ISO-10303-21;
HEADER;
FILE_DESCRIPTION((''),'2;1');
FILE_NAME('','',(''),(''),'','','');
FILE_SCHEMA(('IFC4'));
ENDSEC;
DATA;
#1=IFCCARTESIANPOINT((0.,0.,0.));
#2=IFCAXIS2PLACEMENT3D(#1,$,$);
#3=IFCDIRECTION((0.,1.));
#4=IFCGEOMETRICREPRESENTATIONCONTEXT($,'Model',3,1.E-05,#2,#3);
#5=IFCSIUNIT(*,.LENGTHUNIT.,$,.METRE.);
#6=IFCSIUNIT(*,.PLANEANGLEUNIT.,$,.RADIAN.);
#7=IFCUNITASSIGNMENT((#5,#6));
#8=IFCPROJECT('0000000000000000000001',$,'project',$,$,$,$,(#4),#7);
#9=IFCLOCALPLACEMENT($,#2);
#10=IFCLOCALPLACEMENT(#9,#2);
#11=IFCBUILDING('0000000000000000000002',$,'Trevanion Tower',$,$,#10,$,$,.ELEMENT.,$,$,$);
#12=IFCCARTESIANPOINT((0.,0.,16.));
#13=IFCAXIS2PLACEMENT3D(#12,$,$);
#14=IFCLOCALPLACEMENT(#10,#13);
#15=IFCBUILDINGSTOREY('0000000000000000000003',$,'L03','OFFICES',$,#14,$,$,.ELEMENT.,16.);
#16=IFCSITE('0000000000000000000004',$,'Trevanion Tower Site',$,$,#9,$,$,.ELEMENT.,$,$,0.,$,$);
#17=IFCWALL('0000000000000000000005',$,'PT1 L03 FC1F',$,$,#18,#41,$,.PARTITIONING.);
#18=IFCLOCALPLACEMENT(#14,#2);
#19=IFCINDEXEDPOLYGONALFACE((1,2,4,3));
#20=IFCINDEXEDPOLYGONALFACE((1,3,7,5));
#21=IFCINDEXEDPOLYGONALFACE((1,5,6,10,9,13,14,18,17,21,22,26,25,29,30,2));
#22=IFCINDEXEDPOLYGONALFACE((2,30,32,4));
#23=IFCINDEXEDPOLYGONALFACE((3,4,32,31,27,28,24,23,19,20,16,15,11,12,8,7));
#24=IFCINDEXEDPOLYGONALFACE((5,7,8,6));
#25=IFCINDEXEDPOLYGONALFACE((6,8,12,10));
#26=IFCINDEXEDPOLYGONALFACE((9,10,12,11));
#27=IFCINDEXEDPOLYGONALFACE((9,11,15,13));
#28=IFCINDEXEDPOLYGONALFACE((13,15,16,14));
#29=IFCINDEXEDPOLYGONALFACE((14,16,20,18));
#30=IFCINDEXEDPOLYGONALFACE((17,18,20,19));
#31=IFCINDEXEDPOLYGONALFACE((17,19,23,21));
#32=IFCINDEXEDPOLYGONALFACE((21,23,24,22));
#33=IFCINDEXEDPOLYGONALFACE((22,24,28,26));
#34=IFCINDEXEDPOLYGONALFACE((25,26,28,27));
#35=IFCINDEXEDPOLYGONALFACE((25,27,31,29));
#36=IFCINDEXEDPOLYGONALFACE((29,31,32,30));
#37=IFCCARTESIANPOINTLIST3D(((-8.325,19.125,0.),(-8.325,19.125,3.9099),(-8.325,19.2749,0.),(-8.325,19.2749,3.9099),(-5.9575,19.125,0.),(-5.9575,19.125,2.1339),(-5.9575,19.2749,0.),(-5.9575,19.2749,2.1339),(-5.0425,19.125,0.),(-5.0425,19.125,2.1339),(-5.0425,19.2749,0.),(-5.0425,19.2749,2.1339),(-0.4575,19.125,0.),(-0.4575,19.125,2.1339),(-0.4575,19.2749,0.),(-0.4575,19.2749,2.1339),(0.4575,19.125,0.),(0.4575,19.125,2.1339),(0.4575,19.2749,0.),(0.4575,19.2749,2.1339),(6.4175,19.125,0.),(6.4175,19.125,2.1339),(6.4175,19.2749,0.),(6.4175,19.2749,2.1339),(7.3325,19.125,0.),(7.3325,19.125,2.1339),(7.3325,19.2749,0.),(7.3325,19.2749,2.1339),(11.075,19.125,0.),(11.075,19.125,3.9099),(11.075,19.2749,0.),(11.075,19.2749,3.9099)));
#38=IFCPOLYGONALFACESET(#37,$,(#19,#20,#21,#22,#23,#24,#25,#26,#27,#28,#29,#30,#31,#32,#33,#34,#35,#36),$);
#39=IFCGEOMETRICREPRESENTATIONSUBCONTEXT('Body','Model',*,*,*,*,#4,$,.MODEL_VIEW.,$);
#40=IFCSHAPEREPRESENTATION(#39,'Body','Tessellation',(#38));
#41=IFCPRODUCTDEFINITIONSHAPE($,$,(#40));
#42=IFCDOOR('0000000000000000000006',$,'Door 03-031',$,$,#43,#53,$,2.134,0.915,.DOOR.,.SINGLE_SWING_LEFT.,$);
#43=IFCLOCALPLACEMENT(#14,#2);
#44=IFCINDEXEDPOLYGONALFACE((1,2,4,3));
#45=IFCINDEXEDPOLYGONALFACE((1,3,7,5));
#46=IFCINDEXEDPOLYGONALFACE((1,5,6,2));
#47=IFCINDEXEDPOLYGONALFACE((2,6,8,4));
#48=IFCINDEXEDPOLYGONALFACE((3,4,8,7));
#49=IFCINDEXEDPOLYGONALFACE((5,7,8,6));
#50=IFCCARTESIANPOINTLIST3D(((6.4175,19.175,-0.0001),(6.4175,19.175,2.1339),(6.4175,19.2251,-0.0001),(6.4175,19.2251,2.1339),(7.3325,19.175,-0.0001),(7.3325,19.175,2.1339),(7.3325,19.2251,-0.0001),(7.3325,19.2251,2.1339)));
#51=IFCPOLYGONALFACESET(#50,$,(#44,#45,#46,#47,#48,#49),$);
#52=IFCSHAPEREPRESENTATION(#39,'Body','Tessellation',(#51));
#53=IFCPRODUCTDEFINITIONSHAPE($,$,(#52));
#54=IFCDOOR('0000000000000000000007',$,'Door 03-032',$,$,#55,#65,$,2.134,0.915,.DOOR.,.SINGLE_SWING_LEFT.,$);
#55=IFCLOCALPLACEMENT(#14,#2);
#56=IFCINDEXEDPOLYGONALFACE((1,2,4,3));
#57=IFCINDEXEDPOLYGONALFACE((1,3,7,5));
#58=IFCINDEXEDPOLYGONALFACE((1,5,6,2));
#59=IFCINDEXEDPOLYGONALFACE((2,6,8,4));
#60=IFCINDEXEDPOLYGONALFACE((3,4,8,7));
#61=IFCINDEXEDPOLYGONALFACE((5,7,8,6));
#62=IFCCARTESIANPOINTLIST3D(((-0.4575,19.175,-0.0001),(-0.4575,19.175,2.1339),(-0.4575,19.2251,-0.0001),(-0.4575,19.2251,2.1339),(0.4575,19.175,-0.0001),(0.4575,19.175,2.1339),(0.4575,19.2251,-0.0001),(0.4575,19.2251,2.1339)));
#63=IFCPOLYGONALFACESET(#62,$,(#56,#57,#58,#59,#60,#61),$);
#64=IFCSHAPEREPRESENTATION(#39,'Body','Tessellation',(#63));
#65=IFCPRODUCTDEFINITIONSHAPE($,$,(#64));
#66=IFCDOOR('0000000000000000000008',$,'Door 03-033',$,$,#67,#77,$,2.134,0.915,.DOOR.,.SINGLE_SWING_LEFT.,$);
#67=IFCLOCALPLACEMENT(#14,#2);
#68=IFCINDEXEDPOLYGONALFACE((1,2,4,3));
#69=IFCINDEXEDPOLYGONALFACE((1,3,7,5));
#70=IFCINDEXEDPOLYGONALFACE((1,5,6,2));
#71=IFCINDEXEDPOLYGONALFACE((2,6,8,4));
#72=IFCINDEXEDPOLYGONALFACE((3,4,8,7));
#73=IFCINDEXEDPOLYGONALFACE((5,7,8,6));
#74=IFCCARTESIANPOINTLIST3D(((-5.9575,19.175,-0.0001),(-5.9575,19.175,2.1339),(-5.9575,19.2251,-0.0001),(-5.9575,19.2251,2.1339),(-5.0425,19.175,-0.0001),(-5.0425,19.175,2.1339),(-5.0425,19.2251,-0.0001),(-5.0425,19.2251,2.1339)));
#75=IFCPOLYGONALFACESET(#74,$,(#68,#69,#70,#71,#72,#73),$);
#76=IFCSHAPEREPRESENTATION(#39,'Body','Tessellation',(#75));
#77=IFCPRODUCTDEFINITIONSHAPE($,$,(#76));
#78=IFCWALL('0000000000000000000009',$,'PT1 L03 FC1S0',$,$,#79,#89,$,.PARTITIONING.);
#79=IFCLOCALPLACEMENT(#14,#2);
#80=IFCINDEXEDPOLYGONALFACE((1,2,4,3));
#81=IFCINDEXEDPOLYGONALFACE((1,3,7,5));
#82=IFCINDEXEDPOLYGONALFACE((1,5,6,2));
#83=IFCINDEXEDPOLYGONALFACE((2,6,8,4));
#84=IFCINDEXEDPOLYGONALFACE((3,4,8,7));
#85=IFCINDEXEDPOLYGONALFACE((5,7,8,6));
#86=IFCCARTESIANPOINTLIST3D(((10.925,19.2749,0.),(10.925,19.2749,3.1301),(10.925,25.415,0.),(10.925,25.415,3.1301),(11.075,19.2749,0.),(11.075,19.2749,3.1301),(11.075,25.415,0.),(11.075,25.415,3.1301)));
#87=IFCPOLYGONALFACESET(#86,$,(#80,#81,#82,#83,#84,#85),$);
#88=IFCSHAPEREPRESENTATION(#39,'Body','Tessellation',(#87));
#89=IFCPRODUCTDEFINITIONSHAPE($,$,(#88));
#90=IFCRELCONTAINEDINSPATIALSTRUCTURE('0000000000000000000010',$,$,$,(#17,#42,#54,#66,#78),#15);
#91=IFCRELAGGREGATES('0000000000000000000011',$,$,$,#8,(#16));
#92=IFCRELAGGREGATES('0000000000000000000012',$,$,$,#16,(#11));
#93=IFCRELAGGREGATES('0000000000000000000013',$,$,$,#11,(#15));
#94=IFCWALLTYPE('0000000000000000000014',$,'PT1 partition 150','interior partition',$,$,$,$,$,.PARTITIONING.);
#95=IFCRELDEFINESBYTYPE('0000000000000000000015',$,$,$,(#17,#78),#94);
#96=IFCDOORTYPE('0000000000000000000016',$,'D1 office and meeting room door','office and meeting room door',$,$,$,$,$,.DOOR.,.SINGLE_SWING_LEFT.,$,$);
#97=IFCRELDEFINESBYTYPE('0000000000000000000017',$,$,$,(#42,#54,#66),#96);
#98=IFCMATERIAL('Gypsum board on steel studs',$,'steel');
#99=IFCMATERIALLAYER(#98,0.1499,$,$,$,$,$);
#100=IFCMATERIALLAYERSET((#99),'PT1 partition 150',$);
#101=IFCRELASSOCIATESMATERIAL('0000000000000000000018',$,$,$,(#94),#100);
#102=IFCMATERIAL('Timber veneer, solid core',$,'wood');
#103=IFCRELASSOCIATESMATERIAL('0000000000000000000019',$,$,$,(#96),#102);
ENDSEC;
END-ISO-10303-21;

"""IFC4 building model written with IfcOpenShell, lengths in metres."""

from ifc_helpers import new_model, si_unit, direction, frame, frame_2d, origin, place, context, subcontext, project, spatial, rectangle, extrude, material, layer, layer_set, type_object, element, fill, save


model = new_model("IFC4")

# Units and contexts
model_context = context("Model", 3, precision=1e-05, world=origin(), true_north=direction((0.0, 1.0)))
body_context = subcontext(model_context, "Body", "Model", "MODEL_VIEW")
ifc_project = project(units=[si_unit("LENGTHUNIT", "METRE"), si_unit("PLANEANGLEUNIT", "RADIAN")], contexts=[model_context])

# Site, building, storey
site_placement = place(None, origin())
site = spatial("IfcSite", under=ifc_project, at=site_placement, Name="Trevanion Tower Site", CompositionType="ELEMENT", RefElevation=0.0)
building_placement = place(site_placement, origin())
building = spatial("IfcBuilding", under=site, at=building_placement, Name="Trevanion Tower", CompositionType="ELEMENT")
storey_placement = place(building_placement, frame((0.0, 0.0, 16.0)))
storey = spatial("IfcBuildingStorey", under=building, at=storey_placement, Name="L03", Description="OFFICES", CompositionType="ELEMENT", Elevation=16.0)

# Shared definitions
ifc_material_1 = material(Name="Gypsum board on steel studs", Category="steel")
ifc_layer_1 = layer(ifc_material_1, 0.1499)
ifc_layer_set_1 = layer_set([ifc_layer_1], Name="PT1 partition 150")
wall_type = type_object("IfcWallType", Name="PT1 partition 150", Description="interior partition", PredefinedType="PARTITIONING", material=ifc_layer_set_1)

# Shared definitions
ifc_material_2 = material(Name="Timber veneer, solid core", Category="wood")
door_type = type_object("IfcDoorType", Name="D1 office and meeting room door", Description="office and meeting room door", OperationType="SINGLE_SWING_LEFT", PredefinedType="DOOR", material=ifc_material_2)

# Wall, openings, doors
wall_1_placement = place(storey_placement, frame((11.075, 19.2, 0.0), z_axis=(0.0, 0.0, 1.0), x_axis=(-1.0, 0.0, 0.0)))
wall_1 = element("IfcWall", 1, at=wall_1_placement, inside=storey, type_object=wall_type, Name="PT1 L03 FC1F", PredefinedType="PARTITIONING", context=body_context, shape_type="SweptSolid", body=[
    extrude(rectangle(XDim=19.3999, YDim=0.1499, at=frame_2d((9.7, 0.0))), origin(), (0.0, 0.0, 1.0), 3.9099),
])
opening_1_placement = place(wall_1_placement, frame((3.7424, 0.0, 0.0)))
opening_1 = element("IfcOpeningElement", 2, at=opening_1_placement, cuts=wall_1, PredefinedType="OPENING", context=body_context, shape_type="SweptSolid", body=[
    extrude(rectangle(XDim=0.915, YDim=2.134, at=frame_2d((0.4575, 1.0669))), frame((0.0, 0.085, 0.0), z_axis=(0.0, -1.0, 0.0), x_axis=(1.0, 0.0, 0.0)), (0.0, 0.0, 1.0), 0.1699),
])
opening_2_placement = place(wall_1_placement, frame((10.6174, 0.0, 0.0)))
opening_2 = element("IfcOpeningElement", 3, at=opening_2_placement, cuts=wall_1, PredefinedType="OPENING", context=body_context, shape_type="SweptSolid", body=[
    extrude(rectangle(XDim=0.915, YDim=2.134, at=frame_2d((0.4575, 1.0669))), frame((0.0, 0.085, 0.0), z_axis=(0.0, -1.0, 0.0), x_axis=(1.0, 0.0, 0.0)), (0.0, 0.0, 1.0), 0.1699),
])
opening_3_placement = place(wall_1_placement, frame((16.1174, 0.0, 0.0)))
opening_3 = element("IfcOpeningElement", 4, at=opening_3_placement, cuts=wall_1, PredefinedType="OPENING", context=body_context, shape_type="SweptSolid", body=[
    extrude(rectangle(XDim=0.915, YDim=2.134, at=frame_2d((0.4575, 1.0669))), frame((0.0, 0.085, 0.0), z_axis=(0.0, -1.0, 0.0), x_axis=(1.0, 0.0, 0.0)), (0.0, 0.0, 1.0), 0.1699),
])
door_1_placement = place(opening_1_placement, origin())
door_1 = element("IfcDoor", 5, at=door_1_placement, inside=storey, type_object=door_type, Name="Door 03-031", OperationType="SINGLE_SWING_LEFT", OverallHeight=2.134, OverallWidth=0.915, PredefinedType="DOOR", context=body_context, shape_type="SweptSolid", body=[
    extrude(rectangle(XDim=0.915, YDim=2.134, at=frame_2d((0.4575, 1.0669))), frame((0.0, 0.0249, 0.0), z_axis=(0.0, -1.0, 0.0), x_axis=(1.0, 0.0, 0.0)), (0.0, 0.0, 1.0), 0.05),
])
fill(opening_1, door_1)
door_2_placement = place(opening_2_placement, origin())
door_2 = element("IfcDoor", 6, at=door_2_placement, inside=storey, type_object=door_type, Name="Door 03-032", OperationType="SINGLE_SWING_LEFT", OverallHeight=2.134, OverallWidth=0.915, PredefinedType="DOOR", context=body_context, shape_type="SweptSolid", body=[
    extrude(rectangle(XDim=0.915, YDim=2.134, at=frame_2d((0.4575, 1.0669))), frame((0.0, 0.0249, 0.0), z_axis=(0.0, -1.0, 0.0), x_axis=(1.0, 0.0, 0.0)), (0.0, 0.0, 1.0), 0.05),
])
fill(opening_2, door_2)
door_3_placement = place(opening_3_placement, origin())
door_3 = element("IfcDoor", 7, at=door_3_placement, inside=storey, type_object=door_type, Name="Door 03-033", OperationType="SINGLE_SWING_LEFT", OverallHeight=2.134, OverallWidth=0.915, PredefinedType="DOOR", context=body_context, shape_type="SweptSolid", body=[
    extrude(rectangle(XDim=0.915, YDim=2.134, at=frame_2d((0.4575, 1.0669))), frame((0.0, 0.0249, 0.0), z_axis=(0.0, -1.0, 0.0), x_axis=(1.0, 0.0, 0.0)), (0.0, 0.0, 1.0), 0.05),
])
fill(opening_3, door_3)

# Wall
wall_2_placement = place(storey_placement, frame((11.0, 19.2749, 0.0), z_axis=(0.0, 0.0, 1.0), x_axis=(0.0, 1.0, 0.0)))
element("IfcWall", 8, at=wall_2_placement, inside=storey, type_object=wall_type, Name="PT1 L03 FC1S0", PredefinedType="PARTITIONING", context=body_context, shape_type="SweptSolid", body=[
    extrude(rectangle(XDim=6.1401, YDim=0.1499, at=frame_2d((3.0701, 0.0))), origin(), (0.0, 0.0, 1.0), 3.1301),
])

save(model, "model.ifc")
